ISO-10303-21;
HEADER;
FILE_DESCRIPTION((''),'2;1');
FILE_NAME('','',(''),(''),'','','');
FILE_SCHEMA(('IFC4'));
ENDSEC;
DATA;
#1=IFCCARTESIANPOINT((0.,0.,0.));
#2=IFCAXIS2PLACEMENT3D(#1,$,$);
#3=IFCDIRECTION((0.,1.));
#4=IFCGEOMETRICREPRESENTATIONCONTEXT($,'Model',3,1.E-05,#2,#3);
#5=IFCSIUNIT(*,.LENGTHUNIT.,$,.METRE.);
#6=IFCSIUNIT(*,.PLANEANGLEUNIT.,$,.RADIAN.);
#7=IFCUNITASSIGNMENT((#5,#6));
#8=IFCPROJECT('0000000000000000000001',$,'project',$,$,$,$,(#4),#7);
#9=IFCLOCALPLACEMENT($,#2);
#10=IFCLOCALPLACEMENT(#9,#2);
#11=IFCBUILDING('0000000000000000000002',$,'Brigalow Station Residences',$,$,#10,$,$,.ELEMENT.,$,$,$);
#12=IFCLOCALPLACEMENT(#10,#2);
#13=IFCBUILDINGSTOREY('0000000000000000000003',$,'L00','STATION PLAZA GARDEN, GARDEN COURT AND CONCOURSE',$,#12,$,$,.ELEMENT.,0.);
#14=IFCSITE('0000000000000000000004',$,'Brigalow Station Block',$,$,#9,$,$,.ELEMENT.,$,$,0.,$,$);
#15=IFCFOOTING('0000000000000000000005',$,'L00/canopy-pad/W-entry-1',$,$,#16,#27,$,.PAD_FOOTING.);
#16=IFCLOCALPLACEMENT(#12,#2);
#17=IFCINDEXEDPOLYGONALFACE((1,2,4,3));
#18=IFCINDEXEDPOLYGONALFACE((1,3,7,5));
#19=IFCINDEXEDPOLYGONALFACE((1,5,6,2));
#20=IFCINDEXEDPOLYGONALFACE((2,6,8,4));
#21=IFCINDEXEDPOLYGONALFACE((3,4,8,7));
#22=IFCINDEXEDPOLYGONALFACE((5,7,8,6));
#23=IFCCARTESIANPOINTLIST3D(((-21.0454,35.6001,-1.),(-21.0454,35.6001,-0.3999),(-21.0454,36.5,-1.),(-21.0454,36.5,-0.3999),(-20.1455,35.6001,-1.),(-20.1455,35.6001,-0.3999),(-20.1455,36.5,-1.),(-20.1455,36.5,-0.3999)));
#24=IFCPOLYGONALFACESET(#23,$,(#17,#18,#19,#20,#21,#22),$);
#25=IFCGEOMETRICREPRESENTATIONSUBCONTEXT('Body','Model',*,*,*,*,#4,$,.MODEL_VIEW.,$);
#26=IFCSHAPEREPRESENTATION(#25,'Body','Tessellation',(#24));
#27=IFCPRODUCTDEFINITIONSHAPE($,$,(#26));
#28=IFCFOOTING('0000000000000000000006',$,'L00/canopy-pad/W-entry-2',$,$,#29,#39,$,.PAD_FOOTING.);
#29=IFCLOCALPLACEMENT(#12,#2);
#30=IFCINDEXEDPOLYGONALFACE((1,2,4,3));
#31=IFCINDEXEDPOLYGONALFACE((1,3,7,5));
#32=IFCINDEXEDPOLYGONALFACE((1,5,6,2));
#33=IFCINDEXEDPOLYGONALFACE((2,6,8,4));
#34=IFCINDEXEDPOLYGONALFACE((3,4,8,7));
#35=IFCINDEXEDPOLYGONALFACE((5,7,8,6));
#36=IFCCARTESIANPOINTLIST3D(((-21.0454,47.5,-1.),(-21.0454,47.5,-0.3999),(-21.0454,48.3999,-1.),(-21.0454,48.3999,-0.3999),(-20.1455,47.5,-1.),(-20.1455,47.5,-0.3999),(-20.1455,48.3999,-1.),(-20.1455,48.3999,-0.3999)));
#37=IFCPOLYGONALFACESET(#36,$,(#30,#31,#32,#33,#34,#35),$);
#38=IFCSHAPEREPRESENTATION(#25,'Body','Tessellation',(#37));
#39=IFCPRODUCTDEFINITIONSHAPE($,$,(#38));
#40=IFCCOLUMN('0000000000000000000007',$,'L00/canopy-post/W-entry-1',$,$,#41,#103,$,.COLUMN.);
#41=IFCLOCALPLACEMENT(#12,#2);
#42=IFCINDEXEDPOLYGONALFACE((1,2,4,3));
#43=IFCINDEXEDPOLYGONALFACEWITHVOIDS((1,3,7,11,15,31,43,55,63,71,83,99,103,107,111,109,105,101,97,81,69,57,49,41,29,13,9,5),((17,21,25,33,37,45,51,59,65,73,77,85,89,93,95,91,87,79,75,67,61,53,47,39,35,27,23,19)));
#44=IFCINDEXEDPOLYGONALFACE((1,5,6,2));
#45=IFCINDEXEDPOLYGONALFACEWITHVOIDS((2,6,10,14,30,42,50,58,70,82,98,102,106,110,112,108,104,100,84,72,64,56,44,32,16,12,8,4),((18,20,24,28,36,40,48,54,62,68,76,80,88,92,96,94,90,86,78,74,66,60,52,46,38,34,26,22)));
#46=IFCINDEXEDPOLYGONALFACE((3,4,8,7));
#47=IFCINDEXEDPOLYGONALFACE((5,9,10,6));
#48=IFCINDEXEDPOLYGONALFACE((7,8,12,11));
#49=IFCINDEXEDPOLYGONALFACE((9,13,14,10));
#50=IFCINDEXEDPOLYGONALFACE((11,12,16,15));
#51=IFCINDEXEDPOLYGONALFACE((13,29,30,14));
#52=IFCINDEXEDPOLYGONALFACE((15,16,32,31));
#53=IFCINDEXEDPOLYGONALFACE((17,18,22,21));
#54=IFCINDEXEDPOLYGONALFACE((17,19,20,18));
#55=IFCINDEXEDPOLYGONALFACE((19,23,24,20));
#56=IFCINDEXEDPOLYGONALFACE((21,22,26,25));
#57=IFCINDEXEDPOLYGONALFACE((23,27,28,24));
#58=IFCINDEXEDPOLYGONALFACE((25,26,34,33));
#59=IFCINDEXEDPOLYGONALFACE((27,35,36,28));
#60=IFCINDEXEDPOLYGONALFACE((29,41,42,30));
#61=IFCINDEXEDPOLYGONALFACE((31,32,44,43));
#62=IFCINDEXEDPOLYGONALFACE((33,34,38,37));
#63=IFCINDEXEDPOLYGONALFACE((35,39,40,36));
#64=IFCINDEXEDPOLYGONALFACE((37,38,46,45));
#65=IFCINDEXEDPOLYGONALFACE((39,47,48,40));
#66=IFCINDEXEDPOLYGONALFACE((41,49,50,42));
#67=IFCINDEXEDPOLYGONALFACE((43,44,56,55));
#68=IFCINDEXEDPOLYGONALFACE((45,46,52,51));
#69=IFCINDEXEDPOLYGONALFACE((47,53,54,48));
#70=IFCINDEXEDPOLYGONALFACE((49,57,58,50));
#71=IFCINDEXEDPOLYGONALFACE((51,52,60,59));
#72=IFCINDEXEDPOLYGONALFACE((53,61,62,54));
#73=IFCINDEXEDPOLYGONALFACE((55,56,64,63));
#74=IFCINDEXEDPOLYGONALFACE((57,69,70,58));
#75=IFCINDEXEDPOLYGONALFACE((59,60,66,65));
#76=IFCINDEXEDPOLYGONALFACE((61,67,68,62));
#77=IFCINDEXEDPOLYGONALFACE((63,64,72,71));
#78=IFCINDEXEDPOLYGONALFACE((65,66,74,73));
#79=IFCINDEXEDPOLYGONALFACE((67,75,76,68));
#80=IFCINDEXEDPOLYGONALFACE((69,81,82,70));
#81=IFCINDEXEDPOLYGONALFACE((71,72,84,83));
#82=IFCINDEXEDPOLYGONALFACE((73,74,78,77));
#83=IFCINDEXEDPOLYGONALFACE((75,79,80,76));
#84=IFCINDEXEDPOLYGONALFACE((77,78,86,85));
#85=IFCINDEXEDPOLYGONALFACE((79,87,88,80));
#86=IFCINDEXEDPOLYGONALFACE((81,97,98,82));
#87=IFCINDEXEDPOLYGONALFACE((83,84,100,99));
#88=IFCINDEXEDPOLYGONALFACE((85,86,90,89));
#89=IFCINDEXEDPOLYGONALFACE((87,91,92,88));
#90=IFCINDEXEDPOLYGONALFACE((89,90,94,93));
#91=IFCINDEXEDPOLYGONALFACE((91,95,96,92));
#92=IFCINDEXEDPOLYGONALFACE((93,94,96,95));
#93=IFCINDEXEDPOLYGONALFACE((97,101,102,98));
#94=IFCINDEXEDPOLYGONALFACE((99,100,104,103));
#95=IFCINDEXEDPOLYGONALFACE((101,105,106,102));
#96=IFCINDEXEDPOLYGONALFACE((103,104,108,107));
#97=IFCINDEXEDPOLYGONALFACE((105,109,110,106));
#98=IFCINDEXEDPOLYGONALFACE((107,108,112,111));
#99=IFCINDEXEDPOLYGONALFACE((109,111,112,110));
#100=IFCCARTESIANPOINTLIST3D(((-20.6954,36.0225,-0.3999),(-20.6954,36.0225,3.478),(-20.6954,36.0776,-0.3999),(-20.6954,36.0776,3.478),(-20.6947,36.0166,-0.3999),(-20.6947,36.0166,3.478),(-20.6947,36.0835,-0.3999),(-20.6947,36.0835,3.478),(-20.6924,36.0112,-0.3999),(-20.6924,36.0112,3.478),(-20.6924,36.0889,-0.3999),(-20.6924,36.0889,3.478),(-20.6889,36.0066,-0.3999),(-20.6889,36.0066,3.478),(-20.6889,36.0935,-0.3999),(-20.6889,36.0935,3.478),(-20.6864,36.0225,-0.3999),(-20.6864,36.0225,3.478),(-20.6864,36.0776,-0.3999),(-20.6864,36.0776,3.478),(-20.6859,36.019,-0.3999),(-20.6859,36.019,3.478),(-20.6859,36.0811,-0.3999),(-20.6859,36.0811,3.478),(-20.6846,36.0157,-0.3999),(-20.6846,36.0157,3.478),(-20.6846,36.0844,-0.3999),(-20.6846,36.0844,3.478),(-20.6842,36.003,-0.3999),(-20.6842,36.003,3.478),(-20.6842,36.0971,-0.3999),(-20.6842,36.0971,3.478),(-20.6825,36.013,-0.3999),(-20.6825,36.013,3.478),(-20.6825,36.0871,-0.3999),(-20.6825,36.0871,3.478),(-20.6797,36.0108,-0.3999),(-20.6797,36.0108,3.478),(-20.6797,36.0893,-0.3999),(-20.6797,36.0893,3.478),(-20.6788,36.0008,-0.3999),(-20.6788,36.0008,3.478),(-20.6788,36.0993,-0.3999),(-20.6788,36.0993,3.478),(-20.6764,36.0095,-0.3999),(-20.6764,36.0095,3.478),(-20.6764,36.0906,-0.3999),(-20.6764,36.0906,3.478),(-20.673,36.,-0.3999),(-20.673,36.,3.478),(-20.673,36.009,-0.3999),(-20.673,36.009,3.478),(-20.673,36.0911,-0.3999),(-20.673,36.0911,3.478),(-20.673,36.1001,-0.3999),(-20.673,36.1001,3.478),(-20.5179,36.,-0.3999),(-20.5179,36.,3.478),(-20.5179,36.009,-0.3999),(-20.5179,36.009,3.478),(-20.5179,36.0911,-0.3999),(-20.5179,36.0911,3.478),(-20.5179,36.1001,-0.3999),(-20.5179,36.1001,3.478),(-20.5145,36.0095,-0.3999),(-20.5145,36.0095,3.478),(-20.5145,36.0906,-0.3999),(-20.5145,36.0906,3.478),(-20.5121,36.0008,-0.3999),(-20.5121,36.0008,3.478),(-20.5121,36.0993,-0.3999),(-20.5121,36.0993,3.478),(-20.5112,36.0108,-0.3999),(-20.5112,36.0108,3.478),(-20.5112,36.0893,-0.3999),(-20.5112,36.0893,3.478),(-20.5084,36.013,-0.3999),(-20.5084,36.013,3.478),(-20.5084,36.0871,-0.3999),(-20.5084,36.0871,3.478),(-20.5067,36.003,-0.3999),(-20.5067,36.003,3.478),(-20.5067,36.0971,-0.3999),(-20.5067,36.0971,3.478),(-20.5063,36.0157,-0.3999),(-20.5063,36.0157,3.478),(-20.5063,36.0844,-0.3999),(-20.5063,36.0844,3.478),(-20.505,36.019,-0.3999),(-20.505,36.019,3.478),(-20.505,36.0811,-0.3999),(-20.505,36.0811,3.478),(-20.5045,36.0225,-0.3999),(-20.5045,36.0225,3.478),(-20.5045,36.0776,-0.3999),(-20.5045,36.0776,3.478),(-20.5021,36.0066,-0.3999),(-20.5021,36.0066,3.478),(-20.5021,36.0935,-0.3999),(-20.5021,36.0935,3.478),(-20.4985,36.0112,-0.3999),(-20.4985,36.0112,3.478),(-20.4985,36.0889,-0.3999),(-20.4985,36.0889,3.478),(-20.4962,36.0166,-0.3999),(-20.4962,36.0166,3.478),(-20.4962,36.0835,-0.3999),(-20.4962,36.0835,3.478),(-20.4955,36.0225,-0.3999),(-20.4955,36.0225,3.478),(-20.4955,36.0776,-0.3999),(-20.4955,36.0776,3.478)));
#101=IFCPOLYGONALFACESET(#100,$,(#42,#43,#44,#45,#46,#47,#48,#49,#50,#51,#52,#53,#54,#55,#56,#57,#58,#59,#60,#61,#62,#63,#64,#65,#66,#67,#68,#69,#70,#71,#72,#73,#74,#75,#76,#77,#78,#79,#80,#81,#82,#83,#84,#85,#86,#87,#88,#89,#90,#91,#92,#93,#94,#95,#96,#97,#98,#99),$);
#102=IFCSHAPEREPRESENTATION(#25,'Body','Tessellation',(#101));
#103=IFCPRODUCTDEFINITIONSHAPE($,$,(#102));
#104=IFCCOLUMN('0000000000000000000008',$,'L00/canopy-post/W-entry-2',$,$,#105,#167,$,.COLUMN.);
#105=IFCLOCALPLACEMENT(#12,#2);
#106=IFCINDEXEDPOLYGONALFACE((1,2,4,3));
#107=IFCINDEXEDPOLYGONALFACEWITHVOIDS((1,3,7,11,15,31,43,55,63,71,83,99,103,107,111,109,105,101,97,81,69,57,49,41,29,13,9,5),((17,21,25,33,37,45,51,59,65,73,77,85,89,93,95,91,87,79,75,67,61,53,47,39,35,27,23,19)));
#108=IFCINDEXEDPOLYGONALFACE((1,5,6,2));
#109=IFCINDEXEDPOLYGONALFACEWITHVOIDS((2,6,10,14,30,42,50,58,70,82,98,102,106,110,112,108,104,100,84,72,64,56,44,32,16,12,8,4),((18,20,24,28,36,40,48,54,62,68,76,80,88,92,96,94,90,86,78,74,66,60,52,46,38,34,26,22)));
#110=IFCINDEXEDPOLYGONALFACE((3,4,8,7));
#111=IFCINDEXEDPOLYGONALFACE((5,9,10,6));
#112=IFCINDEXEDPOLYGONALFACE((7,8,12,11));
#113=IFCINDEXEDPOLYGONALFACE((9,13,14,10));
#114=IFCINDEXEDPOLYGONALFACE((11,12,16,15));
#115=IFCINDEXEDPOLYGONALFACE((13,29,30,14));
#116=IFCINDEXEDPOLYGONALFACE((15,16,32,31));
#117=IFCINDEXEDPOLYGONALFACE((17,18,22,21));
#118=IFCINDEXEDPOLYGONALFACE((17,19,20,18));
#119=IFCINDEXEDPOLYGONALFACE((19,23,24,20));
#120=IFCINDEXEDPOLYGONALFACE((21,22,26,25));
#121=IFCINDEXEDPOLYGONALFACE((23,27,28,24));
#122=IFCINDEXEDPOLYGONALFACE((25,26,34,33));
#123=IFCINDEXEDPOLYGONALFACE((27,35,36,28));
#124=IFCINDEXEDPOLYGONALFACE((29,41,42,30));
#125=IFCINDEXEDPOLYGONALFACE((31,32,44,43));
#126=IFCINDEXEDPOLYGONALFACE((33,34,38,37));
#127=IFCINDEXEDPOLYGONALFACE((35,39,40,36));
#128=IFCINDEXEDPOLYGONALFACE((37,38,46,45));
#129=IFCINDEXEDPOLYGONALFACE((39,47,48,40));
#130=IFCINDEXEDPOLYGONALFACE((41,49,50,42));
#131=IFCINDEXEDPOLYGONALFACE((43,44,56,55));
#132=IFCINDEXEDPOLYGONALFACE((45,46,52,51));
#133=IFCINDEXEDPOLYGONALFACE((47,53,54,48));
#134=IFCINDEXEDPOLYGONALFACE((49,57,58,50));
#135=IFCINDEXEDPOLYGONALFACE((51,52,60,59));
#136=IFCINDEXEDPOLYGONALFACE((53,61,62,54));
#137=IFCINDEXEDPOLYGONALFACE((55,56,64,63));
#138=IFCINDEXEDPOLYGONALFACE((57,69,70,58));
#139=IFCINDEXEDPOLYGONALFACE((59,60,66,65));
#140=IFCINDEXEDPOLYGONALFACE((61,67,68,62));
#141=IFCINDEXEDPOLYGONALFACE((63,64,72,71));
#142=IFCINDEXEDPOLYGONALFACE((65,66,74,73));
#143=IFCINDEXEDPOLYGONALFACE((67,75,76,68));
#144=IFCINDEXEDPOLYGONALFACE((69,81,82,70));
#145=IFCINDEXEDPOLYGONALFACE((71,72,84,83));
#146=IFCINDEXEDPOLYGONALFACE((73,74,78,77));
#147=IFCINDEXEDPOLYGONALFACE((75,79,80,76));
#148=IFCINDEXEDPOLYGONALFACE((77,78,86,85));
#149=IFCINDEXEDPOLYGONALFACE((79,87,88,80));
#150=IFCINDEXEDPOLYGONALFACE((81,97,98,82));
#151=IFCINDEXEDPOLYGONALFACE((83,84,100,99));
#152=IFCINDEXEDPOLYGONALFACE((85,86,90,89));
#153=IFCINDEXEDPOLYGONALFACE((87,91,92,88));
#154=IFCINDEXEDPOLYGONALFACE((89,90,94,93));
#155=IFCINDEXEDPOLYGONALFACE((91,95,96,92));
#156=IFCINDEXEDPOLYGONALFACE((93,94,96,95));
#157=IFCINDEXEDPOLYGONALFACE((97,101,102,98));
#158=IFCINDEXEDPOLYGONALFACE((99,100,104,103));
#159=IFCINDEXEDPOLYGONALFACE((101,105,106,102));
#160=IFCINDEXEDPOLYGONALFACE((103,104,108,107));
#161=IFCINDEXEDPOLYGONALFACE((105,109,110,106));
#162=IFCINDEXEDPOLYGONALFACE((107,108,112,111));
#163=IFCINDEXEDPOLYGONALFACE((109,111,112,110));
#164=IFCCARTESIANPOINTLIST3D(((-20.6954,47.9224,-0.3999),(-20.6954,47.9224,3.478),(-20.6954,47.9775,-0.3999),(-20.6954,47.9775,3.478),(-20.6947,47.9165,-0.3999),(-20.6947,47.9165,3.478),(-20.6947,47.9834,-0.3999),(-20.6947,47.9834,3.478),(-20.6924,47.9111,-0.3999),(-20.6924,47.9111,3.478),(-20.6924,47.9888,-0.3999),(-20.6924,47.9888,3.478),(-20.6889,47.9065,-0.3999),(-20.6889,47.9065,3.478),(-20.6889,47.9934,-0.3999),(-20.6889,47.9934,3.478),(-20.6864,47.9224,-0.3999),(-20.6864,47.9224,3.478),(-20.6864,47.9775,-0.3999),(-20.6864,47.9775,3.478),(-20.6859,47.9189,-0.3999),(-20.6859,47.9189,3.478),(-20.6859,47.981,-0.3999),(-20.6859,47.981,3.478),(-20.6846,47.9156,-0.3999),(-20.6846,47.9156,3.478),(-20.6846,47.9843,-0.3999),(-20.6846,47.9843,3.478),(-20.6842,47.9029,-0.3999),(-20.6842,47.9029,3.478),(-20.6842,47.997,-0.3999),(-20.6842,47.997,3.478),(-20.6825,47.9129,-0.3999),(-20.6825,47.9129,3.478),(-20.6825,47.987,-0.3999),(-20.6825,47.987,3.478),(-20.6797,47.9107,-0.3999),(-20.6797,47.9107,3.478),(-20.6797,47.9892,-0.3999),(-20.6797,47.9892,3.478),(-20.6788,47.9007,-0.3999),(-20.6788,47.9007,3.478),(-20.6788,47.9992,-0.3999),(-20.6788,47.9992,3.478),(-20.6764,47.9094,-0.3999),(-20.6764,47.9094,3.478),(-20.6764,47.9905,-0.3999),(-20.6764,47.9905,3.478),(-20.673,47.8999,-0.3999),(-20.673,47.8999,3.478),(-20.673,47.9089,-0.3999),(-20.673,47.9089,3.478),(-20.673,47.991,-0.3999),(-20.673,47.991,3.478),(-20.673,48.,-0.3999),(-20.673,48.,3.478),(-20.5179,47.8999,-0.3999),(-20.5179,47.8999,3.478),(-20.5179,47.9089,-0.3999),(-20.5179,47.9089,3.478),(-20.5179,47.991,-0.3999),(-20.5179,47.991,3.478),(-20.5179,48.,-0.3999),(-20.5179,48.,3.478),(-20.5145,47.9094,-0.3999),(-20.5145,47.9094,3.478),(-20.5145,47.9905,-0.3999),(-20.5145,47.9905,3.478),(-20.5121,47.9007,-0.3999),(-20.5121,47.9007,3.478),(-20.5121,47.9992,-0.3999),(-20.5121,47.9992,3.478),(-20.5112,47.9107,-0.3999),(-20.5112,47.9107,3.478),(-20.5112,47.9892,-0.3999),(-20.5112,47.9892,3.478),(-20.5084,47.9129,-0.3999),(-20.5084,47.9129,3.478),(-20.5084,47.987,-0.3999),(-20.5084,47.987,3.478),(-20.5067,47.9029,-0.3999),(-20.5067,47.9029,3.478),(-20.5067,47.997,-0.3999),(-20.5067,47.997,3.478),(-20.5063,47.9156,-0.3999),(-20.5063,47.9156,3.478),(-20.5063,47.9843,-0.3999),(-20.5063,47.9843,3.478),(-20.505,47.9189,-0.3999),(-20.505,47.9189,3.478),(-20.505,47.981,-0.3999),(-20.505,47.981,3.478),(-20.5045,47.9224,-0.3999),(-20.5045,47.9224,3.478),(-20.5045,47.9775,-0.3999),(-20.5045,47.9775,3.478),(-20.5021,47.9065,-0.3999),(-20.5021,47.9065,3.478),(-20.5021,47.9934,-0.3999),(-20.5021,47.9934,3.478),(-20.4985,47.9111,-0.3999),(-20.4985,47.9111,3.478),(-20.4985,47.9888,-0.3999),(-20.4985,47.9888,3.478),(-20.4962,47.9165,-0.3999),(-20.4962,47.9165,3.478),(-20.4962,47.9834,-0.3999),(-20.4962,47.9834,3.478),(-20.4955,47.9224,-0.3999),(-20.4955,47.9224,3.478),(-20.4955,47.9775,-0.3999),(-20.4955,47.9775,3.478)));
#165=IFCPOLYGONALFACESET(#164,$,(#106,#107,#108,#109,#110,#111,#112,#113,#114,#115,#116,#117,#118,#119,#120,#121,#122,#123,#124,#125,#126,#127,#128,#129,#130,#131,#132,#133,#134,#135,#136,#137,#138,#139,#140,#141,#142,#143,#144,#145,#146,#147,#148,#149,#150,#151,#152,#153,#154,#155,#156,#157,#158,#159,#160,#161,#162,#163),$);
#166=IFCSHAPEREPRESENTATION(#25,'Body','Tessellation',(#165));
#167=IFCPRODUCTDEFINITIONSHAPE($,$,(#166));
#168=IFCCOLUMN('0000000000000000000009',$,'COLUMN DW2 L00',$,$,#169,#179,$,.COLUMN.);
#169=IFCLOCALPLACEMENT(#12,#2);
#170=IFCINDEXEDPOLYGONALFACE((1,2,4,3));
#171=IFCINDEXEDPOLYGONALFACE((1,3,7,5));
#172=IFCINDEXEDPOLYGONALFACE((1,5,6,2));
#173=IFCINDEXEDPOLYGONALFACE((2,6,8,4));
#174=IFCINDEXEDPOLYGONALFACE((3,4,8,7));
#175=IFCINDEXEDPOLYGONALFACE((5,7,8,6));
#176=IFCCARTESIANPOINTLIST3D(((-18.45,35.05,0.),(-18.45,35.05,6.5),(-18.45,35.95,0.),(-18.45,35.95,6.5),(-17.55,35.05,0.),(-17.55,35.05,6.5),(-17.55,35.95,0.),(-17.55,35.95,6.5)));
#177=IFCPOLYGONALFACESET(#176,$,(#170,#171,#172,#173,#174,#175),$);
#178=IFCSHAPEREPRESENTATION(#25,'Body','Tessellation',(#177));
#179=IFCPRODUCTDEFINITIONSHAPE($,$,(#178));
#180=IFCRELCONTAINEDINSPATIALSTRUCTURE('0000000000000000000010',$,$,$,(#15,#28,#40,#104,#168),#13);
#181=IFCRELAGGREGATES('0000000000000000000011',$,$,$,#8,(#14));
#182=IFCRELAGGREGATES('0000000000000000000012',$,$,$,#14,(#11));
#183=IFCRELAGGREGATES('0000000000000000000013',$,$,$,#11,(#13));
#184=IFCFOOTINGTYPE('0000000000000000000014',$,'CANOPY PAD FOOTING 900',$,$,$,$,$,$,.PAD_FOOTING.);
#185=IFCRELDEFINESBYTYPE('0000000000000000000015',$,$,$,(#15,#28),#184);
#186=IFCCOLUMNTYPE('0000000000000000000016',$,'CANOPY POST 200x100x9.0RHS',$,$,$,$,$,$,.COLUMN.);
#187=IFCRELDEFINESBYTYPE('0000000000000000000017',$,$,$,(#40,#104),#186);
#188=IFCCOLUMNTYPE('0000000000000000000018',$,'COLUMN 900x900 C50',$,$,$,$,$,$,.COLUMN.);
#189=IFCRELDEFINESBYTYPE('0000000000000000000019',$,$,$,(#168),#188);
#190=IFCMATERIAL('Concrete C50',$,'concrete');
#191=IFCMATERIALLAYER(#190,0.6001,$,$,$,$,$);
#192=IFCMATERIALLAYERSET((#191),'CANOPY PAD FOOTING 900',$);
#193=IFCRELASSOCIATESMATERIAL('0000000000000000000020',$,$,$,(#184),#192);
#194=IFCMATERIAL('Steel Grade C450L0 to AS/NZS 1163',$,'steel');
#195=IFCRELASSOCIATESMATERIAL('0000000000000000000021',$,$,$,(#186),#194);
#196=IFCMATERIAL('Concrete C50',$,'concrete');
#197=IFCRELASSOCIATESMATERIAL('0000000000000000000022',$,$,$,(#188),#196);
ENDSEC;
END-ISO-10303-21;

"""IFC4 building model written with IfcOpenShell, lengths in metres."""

from ifc_helpers import new_model, si_unit, direction, frame, origin, origin_2d, place, context, subcontext, project, spatial, rectangle, hollow_rectangle, extrude, material, layer, layer_set, material_profile, profile_set, type_object, element, save


model = new_model("IFC4")

# Units and contexts
model_context = context("Model", 3, precision=1e-05, world=origin(), true_north=direction((0.0, 1.0)))
body_context = subcontext(model_context, "Body", "Model", "MODEL_VIEW")
ifc_project = project(units=[si_unit("LENGTHUNIT", "METRE"), si_unit("PLANEANGLEUNIT", "RADIAN")], contexts=[model_context])

# Site, building, storey
site_placement = place(None, origin())
site = spatial("IfcSite", under=ifc_project, at=site_placement, Name="Brigalow Station Block", CompositionType="ELEMENT", RefElevation=0.0)
building_placement = place(site_placement, origin())
building = spatial("IfcBuilding", under=site, at=building_placement, Name="Brigalow Station Residences", CompositionType="ELEMENT")
storey_placement = place(building_placement, origin())
storey = spatial("IfcBuildingStorey", under=building, at=storey_placement, Name="L00", Description="STATION PLAZA GARDEN, GARDEN COURT AND CONCOURSE", CompositionType="ELEMENT", Elevation=0.0)

# Footings
ifc_material_1 = material(Name="Concrete C50", Category="concrete")
ifc_layer_1 = layer(ifc_material_1, 0.6001)
ifc_layer_set_1 = layer_set([ifc_layer_1], Name="CANOPY PAD FOOTING 900")
footing_type = type_object("IfcFootingType", Name="CANOPY PAD FOOTING 900", PredefinedType="PAD_FOOTING", material=ifc_layer_set_1)
for number, where, z_axis, x_axis, name in (
    (1, (-20.5955, 36.05, -1.0), (0.0, 0.0, 1.0), (0.0, 1.0, 0.0), "L00/canopy-pad/W-entry-1"),
    (2, (-20.5955, 47.95, -1.0), (0.0, 0.0, 1.0), (0.0, 1.0, 0.0), "L00/canopy-pad/W-entry-2"),
):
    element("IfcFooting", number, at=place(storey_placement, frame(where, z_axis=z_axis, x_axis=x_axis)), inside=storey, type_object=footing_type, Name=name, PredefinedType="PAD_FOOTING", context=body_context, shape_type="SweptSolid", body=[
        extrude(rectangle(XDim=0.8999, YDim=0.8999, at=origin_2d()), origin(), (0.0, 0.0, 1.0), 0.6001),
    ])

# Columns
ifc_material_2 = material(Name="Steel Grade C450L0 to AS/NZS 1163", Category="steel")
ifc_material_profile_1 = material_profile(ifc_material_2, hollow_rectangle(XDim=0.1001, YDim=0.2, WallThickness=0.009, InnerFilletRadius=0.0134, OuterFilletRadius=0.0225, at=origin_2d()), Name="200x100x9.0RHS")
ifc_profile_set_1 = profile_set([ifc_material_profile_1], Name="Steel Grade C450L0 to AS/NZS 1163")
column_type_1 = type_object("IfcColumnType", Name="CANOPY POST 200x100x9.0RHS", PredefinedType="COLUMN", material=ifc_profile_set_1)
for number, where, z_axis, x_axis, name in (
    (3, (-20.5955, 36.05, -0.3999), (0.0, 0.0, 1.0), (0.0, 1.0, 0.0), "L00/canopy-post/W-entry-1"),
    (4, (-20.5955, 47.95, -0.3999), (0.0, 0.0, 1.0), (0.0, 1.0, 0.0), "L00/canopy-post/W-entry-2"),
):
    element("IfcColumn", number, at=place(storey_placement, frame(where, z_axis=z_axis, x_axis=x_axis)), inside=storey, type_object=column_type_1, Name=name, PredefinedType="COLUMN", context=body_context, shape_type="SweptSolid", body=[
        extrude(hollow_rectangle(XDim=0.1001, YDim=0.2, WallThickness=0.009, InnerFilletRadius=0.0134, OuterFilletRadius=0.0225, at=origin_2d()), origin(), (0.0, 0.0, 1.0), 3.8779),
    ])
ifc_material_3 = material(Name="Concrete C50", Category="concrete")
ifc_material_profile_2 = material_profile(ifc_material_3, rectangle(XDim=0.8999, YDim=0.8999, at=origin_2d()), Name="RC900x900")
ifc_profile_set_2 = profile_set([ifc_material_profile_2], Name="Concrete C50")
column_type_2 = type_object("IfcColumnType", Name="COLUMN 900x900 C50", PredefinedType="COLUMN", material=ifc_profile_set_2)
column_placement = place(storey_placement, frame((-18.0, 35.5, 0.0), z_axis=(0.0, 0.0, 1.0), x_axis=(1.0, 0.0, 0.0)))
element("IfcColumn", 5, at=column_placement, inside=storey, type_object=column_type_2, Name="COLUMN DW2 L00", PredefinedType="COLUMN", context=body_context, shape_type="SweptSolid", body=[
    extrude(rectangle(XDim=0.8999, YDim=0.8999, at=origin_2d()), origin(), (0.0, 0.0, 1.0), 6.5),
])

save(model, "model.ifc")
